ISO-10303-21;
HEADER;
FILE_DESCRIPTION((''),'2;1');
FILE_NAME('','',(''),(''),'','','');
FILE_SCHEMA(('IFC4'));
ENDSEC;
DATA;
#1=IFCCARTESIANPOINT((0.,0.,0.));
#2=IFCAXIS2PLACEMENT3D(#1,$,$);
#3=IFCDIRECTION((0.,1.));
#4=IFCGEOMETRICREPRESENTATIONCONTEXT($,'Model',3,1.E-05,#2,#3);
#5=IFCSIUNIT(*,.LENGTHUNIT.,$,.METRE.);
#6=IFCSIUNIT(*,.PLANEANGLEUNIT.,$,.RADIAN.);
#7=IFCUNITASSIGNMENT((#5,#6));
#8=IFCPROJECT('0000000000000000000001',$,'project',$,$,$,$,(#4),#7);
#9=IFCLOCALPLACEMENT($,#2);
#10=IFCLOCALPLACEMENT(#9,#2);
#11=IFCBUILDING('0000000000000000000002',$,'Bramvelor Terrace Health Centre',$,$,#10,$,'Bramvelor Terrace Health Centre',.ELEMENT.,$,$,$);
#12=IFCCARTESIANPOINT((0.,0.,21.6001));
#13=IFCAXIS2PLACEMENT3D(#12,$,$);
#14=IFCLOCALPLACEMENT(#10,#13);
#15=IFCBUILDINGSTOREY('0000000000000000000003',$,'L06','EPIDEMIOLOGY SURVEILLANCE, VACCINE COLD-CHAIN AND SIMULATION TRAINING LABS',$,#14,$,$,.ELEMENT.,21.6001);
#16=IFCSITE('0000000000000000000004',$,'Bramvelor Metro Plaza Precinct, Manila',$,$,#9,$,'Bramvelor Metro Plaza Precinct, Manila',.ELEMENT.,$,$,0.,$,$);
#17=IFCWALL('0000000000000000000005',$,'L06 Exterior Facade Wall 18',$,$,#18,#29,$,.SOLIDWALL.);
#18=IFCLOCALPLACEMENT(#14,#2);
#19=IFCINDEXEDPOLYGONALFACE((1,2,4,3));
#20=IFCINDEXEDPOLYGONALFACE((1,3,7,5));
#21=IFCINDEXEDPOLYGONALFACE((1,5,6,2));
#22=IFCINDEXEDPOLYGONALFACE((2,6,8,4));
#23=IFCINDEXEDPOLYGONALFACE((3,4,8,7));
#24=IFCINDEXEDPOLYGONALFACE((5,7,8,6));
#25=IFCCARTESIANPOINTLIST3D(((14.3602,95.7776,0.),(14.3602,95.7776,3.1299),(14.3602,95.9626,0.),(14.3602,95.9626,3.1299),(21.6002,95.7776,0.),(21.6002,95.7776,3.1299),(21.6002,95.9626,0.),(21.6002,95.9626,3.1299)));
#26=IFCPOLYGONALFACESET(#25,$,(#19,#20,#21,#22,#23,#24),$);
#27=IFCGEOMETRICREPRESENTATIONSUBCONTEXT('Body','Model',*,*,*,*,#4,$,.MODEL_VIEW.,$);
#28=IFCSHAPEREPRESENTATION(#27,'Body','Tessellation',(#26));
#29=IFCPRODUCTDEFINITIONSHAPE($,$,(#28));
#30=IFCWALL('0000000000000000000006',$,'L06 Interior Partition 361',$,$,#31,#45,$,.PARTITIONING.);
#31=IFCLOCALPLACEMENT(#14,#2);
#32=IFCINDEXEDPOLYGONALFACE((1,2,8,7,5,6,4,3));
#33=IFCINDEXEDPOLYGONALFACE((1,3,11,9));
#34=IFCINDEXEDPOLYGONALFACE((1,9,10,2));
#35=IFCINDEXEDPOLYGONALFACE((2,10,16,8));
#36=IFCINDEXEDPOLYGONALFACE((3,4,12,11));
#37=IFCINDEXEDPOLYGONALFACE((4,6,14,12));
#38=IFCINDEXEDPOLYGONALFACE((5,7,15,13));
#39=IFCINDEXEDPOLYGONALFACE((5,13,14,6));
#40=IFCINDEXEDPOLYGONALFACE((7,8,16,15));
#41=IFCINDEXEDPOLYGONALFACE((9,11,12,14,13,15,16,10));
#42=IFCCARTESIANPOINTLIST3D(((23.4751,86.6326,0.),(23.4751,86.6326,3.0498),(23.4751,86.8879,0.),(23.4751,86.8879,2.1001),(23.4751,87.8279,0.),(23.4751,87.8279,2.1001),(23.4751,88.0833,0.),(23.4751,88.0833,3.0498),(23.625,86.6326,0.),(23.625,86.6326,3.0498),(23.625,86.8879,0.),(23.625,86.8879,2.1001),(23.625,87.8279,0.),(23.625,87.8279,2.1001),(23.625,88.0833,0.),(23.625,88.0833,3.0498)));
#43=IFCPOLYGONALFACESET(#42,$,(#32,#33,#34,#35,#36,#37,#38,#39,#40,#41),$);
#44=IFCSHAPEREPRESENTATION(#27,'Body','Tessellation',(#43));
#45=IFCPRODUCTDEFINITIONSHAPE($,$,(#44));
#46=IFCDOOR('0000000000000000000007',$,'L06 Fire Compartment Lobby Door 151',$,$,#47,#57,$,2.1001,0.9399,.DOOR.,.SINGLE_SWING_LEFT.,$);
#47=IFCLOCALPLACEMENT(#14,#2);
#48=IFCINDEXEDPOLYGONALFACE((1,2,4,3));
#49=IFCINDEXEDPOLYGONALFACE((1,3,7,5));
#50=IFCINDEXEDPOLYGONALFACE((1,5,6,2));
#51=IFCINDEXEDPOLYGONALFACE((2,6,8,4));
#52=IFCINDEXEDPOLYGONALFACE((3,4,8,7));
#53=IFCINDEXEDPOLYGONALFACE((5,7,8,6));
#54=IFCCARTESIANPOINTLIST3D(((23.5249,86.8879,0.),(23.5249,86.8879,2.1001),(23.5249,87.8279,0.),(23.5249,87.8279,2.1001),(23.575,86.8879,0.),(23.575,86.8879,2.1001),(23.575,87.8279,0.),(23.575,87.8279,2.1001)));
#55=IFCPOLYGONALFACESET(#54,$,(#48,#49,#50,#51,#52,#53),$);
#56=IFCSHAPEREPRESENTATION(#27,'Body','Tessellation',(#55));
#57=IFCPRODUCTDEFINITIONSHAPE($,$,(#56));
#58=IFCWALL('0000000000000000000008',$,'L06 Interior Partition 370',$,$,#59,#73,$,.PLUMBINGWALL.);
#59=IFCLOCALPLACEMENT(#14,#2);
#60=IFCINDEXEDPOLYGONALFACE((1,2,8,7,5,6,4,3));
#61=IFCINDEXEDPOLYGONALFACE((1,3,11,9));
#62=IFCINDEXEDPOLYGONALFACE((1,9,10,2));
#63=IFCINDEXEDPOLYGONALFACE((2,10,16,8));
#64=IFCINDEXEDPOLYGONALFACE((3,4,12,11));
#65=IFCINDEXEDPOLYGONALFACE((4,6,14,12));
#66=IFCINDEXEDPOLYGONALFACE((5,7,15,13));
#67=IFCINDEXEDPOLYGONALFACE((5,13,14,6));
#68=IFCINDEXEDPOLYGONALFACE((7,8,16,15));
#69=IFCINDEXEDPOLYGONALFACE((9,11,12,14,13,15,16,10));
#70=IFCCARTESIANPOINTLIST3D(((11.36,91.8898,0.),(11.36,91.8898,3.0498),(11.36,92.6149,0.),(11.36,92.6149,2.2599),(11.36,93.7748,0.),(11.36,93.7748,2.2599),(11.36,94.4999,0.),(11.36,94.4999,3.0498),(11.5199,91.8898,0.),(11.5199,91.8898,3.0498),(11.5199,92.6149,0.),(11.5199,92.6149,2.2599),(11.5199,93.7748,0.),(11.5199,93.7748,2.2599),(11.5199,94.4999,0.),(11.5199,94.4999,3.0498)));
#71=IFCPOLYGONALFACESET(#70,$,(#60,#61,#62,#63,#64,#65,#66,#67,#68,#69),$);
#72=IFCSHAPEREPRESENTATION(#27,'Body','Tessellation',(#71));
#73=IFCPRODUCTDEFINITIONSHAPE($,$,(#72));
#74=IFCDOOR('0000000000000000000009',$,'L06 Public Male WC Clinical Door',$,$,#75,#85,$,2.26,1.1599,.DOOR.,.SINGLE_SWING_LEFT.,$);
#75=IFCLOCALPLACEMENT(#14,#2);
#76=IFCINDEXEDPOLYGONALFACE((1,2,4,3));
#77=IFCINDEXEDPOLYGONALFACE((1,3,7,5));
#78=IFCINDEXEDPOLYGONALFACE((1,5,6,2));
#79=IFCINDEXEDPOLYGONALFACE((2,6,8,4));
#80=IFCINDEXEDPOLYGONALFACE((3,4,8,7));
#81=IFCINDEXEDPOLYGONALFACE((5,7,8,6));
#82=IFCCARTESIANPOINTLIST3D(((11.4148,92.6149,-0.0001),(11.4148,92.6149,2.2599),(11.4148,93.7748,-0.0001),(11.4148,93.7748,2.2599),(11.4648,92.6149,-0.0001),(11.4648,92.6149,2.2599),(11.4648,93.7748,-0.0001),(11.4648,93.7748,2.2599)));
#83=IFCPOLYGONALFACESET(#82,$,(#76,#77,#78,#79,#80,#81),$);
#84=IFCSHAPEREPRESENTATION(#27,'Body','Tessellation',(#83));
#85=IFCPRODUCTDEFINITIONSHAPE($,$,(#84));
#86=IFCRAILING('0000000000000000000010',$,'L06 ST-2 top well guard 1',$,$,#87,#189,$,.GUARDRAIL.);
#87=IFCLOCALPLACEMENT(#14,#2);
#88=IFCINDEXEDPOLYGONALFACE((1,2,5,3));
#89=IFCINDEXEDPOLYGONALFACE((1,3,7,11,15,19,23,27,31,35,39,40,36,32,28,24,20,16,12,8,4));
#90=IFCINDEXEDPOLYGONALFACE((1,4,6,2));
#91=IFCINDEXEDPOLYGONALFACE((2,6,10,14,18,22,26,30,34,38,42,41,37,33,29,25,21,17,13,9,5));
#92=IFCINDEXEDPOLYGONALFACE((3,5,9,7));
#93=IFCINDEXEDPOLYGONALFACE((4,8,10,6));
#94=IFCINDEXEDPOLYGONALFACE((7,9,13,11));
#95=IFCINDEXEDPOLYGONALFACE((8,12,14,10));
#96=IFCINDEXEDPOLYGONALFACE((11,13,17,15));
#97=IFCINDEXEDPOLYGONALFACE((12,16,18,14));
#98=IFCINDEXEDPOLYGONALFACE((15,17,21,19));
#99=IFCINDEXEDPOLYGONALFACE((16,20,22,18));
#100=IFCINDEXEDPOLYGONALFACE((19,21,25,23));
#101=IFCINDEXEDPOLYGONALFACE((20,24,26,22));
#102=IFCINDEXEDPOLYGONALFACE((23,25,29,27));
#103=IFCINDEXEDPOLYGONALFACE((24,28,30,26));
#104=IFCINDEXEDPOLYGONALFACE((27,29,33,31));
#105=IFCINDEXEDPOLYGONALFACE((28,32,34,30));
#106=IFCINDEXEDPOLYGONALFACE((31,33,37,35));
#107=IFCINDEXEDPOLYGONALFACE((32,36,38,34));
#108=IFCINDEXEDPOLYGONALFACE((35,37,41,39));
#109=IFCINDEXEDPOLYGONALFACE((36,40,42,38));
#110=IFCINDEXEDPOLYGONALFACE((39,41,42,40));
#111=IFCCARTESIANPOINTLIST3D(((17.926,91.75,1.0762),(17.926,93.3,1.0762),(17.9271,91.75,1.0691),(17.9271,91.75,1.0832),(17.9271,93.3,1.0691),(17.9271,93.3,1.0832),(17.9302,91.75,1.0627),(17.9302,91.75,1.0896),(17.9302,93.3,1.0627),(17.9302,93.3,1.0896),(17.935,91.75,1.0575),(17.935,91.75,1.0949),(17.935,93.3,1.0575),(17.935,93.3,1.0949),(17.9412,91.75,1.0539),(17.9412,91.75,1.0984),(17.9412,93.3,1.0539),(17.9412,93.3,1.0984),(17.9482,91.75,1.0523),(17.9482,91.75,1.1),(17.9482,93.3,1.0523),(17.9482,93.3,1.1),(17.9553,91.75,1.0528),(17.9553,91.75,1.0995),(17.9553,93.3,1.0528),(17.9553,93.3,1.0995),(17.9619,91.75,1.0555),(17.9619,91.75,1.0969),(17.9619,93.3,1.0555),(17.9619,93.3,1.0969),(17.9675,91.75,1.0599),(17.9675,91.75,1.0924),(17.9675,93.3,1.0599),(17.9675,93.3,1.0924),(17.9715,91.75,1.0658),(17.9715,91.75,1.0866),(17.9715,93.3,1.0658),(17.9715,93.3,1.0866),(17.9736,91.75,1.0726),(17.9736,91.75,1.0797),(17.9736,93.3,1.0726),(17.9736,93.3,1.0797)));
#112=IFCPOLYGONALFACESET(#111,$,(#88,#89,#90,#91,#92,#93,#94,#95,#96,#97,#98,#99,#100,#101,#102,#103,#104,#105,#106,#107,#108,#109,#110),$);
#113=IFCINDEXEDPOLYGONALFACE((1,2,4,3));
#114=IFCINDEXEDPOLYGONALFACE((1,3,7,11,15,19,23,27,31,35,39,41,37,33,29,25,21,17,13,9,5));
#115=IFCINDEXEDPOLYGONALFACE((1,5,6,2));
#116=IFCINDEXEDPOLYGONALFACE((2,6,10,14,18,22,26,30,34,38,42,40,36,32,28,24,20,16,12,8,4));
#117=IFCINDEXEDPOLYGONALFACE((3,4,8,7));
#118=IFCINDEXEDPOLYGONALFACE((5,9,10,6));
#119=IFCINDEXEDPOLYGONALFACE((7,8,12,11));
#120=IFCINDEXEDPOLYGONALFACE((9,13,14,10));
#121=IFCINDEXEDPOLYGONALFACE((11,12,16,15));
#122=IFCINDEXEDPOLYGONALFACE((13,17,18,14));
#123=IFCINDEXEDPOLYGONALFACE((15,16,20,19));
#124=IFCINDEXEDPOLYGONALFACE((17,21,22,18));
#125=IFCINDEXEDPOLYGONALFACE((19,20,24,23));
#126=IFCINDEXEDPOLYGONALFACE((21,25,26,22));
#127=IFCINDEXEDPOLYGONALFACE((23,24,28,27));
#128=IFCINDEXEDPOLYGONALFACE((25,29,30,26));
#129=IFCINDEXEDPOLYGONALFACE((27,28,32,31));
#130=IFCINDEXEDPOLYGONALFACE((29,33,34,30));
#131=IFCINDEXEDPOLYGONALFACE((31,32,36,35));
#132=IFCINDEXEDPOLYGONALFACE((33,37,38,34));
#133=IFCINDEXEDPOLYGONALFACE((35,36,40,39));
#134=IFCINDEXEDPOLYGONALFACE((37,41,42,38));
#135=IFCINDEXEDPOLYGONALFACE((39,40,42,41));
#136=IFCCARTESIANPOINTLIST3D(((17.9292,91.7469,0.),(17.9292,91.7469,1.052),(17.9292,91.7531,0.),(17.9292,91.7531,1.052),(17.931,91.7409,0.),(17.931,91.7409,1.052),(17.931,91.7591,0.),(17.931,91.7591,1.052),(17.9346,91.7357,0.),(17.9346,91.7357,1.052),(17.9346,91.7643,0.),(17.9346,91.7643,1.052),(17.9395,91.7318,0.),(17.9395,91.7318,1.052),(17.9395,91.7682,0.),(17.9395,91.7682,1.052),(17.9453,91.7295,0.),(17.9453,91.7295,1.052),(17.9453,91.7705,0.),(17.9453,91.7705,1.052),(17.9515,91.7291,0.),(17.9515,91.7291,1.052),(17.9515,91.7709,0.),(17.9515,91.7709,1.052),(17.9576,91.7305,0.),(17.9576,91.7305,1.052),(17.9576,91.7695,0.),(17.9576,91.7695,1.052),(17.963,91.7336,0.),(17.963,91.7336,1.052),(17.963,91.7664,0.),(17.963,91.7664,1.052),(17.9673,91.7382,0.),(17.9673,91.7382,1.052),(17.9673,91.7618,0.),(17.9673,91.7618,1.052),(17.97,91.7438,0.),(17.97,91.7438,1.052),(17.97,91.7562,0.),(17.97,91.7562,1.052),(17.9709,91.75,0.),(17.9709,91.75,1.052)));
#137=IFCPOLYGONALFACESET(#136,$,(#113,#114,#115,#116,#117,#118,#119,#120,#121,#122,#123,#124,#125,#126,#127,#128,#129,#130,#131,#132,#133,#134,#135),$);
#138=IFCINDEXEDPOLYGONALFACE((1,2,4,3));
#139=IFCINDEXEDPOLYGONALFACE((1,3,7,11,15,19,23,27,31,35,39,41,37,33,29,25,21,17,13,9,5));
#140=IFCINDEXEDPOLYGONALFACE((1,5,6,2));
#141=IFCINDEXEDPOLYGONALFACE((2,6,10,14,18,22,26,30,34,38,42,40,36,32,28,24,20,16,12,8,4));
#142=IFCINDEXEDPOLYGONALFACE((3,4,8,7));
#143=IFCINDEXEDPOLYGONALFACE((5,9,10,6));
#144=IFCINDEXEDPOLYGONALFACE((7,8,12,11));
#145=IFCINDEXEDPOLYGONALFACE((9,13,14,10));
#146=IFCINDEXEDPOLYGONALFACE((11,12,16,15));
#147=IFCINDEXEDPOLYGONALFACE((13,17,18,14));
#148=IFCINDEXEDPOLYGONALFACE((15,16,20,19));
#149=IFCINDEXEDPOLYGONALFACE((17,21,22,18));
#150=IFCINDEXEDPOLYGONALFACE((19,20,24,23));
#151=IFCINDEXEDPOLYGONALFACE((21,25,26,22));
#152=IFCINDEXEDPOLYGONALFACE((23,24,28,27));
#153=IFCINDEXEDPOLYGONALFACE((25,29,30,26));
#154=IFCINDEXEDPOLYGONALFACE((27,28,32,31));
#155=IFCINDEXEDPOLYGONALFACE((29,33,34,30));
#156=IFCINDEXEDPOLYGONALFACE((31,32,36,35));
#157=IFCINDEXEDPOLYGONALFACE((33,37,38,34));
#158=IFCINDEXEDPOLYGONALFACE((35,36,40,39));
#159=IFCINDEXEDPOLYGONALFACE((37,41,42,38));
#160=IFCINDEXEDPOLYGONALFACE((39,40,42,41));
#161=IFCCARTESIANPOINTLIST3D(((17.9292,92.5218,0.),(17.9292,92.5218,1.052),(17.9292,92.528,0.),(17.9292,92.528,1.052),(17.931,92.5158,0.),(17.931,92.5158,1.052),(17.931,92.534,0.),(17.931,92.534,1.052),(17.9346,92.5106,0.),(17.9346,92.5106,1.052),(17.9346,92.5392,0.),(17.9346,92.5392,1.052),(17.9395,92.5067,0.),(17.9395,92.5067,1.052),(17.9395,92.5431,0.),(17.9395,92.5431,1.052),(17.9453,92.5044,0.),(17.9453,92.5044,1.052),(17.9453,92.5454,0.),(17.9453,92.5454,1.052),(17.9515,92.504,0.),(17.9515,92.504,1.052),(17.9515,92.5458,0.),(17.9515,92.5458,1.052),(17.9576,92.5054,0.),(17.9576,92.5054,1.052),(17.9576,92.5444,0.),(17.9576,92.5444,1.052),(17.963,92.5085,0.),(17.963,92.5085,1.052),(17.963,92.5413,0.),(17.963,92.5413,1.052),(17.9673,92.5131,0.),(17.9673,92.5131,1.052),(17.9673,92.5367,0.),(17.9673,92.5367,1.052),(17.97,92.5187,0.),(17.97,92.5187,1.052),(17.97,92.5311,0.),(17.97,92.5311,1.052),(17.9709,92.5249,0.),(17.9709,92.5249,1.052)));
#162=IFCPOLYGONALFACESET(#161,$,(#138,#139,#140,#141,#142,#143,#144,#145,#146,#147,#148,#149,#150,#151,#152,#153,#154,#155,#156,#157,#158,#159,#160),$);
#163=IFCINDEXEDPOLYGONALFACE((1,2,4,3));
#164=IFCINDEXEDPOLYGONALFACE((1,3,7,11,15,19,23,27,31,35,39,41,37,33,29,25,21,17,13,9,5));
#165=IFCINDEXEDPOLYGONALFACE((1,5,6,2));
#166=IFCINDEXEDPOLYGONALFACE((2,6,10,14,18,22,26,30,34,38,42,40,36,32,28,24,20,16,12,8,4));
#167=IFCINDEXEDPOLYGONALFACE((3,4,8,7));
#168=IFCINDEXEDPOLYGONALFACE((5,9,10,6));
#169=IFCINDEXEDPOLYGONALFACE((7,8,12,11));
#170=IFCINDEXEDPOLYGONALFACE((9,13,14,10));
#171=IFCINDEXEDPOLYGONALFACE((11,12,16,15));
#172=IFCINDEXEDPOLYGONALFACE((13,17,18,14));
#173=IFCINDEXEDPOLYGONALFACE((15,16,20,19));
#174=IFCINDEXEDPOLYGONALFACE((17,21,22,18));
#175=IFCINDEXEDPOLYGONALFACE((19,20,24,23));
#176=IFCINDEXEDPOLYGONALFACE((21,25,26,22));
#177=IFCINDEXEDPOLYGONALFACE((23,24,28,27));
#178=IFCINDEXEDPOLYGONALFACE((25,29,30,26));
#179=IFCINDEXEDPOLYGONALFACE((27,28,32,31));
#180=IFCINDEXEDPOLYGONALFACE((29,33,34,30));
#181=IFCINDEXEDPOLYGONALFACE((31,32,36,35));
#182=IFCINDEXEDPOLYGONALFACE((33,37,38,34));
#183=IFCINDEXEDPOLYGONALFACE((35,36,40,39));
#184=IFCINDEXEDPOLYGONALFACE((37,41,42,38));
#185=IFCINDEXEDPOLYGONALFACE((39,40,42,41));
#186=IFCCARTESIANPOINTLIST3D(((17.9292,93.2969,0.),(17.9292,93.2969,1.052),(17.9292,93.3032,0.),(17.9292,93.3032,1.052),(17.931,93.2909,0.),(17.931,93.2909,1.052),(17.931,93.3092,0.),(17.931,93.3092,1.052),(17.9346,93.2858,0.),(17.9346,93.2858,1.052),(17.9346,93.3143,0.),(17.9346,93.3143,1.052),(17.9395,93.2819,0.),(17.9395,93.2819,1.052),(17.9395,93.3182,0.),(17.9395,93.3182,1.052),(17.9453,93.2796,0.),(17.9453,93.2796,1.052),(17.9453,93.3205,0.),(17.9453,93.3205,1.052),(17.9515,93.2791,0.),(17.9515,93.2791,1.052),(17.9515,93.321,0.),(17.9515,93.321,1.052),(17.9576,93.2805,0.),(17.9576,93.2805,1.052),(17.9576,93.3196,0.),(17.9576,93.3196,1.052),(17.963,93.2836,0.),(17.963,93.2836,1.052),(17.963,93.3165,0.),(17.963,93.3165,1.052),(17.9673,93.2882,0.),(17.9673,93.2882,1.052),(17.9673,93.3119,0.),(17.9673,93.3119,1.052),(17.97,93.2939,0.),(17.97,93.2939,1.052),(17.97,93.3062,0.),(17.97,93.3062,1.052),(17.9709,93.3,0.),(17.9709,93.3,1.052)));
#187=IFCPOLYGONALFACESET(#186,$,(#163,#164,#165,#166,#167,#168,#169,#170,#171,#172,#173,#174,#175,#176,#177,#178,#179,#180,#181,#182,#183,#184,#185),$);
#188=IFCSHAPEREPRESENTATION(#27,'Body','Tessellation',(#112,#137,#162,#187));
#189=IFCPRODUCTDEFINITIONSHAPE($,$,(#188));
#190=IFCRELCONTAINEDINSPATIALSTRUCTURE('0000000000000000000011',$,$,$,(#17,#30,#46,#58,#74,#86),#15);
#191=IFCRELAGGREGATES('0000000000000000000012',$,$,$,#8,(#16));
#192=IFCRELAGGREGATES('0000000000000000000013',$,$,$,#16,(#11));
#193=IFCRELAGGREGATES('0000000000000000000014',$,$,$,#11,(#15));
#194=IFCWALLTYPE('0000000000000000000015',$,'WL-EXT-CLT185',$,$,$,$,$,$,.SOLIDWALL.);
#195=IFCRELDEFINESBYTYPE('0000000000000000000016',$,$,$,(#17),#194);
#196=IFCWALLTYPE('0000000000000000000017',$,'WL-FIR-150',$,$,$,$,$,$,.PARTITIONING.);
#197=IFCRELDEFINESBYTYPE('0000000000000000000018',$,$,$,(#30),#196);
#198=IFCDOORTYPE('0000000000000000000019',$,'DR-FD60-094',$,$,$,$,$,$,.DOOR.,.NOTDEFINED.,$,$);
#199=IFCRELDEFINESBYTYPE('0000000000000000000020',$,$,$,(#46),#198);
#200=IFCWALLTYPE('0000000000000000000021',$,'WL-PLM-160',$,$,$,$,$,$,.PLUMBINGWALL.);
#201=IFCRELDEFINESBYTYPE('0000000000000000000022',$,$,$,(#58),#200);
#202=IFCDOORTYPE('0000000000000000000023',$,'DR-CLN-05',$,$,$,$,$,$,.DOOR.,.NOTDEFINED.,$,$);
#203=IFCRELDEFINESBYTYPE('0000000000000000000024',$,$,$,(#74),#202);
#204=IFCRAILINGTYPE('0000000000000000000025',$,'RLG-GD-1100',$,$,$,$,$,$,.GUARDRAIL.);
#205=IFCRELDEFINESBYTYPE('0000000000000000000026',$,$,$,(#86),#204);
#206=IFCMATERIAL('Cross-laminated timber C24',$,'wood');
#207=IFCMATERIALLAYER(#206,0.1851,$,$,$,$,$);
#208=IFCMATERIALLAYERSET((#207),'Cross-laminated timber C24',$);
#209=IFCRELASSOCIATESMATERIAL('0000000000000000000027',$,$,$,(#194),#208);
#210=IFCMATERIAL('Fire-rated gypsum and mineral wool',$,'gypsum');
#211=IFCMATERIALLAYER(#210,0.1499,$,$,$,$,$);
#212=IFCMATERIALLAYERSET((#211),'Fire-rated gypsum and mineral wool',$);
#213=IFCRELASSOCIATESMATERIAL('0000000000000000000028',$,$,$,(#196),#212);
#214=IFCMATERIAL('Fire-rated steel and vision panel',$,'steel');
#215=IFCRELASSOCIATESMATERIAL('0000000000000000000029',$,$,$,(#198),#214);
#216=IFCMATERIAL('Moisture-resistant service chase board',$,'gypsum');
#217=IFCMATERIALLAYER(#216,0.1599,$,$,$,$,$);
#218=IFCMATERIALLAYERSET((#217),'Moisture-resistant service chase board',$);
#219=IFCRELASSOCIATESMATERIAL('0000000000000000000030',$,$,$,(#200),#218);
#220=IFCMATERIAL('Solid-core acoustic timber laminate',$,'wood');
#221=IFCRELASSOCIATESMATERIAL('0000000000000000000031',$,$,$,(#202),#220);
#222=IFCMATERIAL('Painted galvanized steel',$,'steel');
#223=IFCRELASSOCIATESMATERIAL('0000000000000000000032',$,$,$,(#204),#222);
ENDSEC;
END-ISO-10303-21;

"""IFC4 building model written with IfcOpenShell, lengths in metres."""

from ifc_helpers import new_model, si_unit, direction, frame, frame_2d, origin, origin_2d, place, context, subcontext, project, spatial, rectangle, circle, extrude, material, layer, layer_set, type_object, element, fill, save


model = new_model("IFC4")

# Units and contexts
model_context = context("Model", 3, precision=1e-05, world=origin(), true_north=direction((0.0, 1.0)))
body_context = subcontext(model_context, "Body", "Model", "MODEL_VIEW")
ifc_project = project(units=[si_unit("LENGTHUNIT", "METRE"), si_unit("PLANEANGLEUNIT", "RADIAN")], contexts=[model_context])

# Site, building, storey
site_placement = place(None, origin())
site = spatial("IfcSite", under=ifc_project, at=site_placement, Name="Bramvelor Metro Plaza Precinct, Manila", LongName="Bramvelor Metro Plaza Precinct, Manila", CompositionType="ELEMENT", RefElevation=0.0)
building_placement = place(site_placement, origin())
building = spatial("IfcBuilding", under=site, at=building_placement, Name="Bramvelor Terrace Health Centre", LongName="Bramvelor Terrace Health Centre", CompositionType="ELEMENT")
storey_placement = place(building_placement, frame((0.0, 0.0, 21.6001)))
storey = spatial("IfcBuildingStorey", under=building, at=storey_placement, Name="L06", Description="EPIDEMIOLOGY SURVEILLANCE, VACCINE COLD-CHAIN AND SIMULATION TRAINING LABS", CompositionType="ELEMENT", Elevation=21.6001)

# Shared definitions
ifc_material_1 = material(Name="Cross-laminated timber C24", Category="wood")
ifc_layer_1 = layer(ifc_material_1, 0.1851)
ifc_layer_set_1 = layer_set([ifc_layer_1], Name="Cross-laminated timber C24")
wall_type_1 = type_object("IfcWallType", Name="WL-EXT-CLT185", PredefinedType="SOLIDWALL", material=ifc_layer_set_1)

# Wall
wall_1_placement = place(storey_placement, frame((14.3601, 95.8701, 0.0), z_axis=(0.0, 0.0, 1.0), x_axis=(1.0, 0.0, 0.0)))
element("IfcWall", 1, at=wall_1_placement, inside=storey, type_object=wall_type_1, Name="L06 Exterior Facade Wall 18", PredefinedType="SOLIDWALL", context=body_context, shape_type="SweptSolid", body=[
    extrude(rectangle(XDim=7.24, YDim=0.1851, at=frame_2d((3.6201, 0.0))), origin(), (0.0, 0.0, 1.0), 3.1299),
])

# Walls, openings, doors
ifc_material_2 = material(Name="Fire-rated gypsum and mineral wool", Category="gypsum")
ifc_layer_2 = layer(ifc_material_2, 0.1499)
ifc_layer_set_2 = layer_set([ifc_layer_2], Name="Fire-rated gypsum and mineral wool")
wall_type_2 = type_object("IfcWallType", Name="WL-FIR-150", PredefinedType="PARTITIONING", material=ifc_layer_set_2)
wall_2_placement = place(storey_placement, frame((23.55, 88.0833, 0.0), z_axis=(0.0, 0.0, 1.0), x_axis=(0.0, -1.0, 0.0)))
wall_2 = element("IfcWall", 2, at=wall_2_placement, inside=storey, type_object=wall_type_2, Name="L06 Interior Partition 361", PredefinedType="PARTITIONING", context=body_context, shape_type="SweptSolid", body=[
    extrude(rectangle(XDim=1.4507, YDim=0.1499, at=frame_2d((0.7253, 0.0))), origin(), (0.0, 0.0, 1.0), 3.0498),
])
opening_1_placement = place(wall_2_placement, frame((0.2554, 0.0, 0.0)))
opening_1 = element("IfcOpeningElement", 3, at=opening_1_placement, cuts=wall_2, PredefinedType="OPENING", context=body_context, shape_type="SweptSolid", body=[
    extrude(rectangle(XDim=0.9399, YDim=2.1001, at=frame_2d((0.47, 1.05))), frame((0.0, 0.085, 0.0), z_axis=(0.0, -1.0, 0.0), x_axis=(1.0, 0.0, 0.0)), (0.0, 0.0, 1.0), 0.1699),
])
ifc_material_3 = material(Name="Fire-rated steel and vision panel", Category="steel")
door_type_1 = type_object("IfcDoorType", Name="DR-FD60-094", OperationType="NOTDEFINED", PredefinedType="DOOR", material=ifc_material_3)
door_1_placement = place(opening_1_placement, origin())
door_1 = element("IfcDoor", 4, at=door_1_placement, inside=storey, type_object=door_type_1, Name="L06 Fire Compartment Lobby Door 151", OperationType="SINGLE_SWING_LEFT", OverallHeight=2.1001, OverallWidth=0.9399, PredefinedType="DOOR", context=body_context, shape_type="SweptSolid", body=[
    extrude(rectangle(XDim=0.9399, YDim=2.1001, at=frame_2d((0.47, 1.05))), frame((0.0, 0.0249, 0.0), z_axis=(0.0, -1.0, 0.0), x_axis=(1.0, 0.0, 0.0)), (0.0, 0.0, 1.0), 0.05),
])
fill(opening_1, door_1)
ifc_material_4 = material(Name="Moisture-resistant service chase board", Category="gypsum")
ifc_layer_3 = layer(ifc_material_4, 0.1599)
ifc_layer_set_3 = layer_set([ifc_layer_3], Name="Moisture-resistant service chase board")
wall_type_3 = type_object("IfcWallType", Name="WL-PLM-160", PredefinedType="PLUMBINGWALL", material=ifc_layer_set_3)
wall_3_placement = place(storey_placement, frame((11.4399, 94.5, 0.0), z_axis=(0.0, 0.0, 1.0), x_axis=(0.0, -1.0, 0.0)))
wall_3 = element("IfcWall", 5, at=wall_3_placement, inside=storey, type_object=wall_type_3, Name="L06 Interior Partition 370", PredefinedType="PLUMBINGWALL", context=body_context, shape_type="SweptSolid", body=[
    extrude(rectangle(XDim=2.6101, YDim=0.1599, at=frame_2d((1.3052, 0.0))), origin(), (0.0, 0.0, 1.0), 3.0498),
])
opening_2_placement = place(wall_3_placement, frame((0.7251, 0.0, 0.0)))
opening_2 = element("IfcOpeningElement", 6, at=opening_2_placement, cuts=wall_3, PredefinedType="OPENING", context=body_context, shape_type="SweptSolid", body=[
    extrude(rectangle(XDim=1.1599, YDim=2.26, at=frame_2d((0.5801, 1.1299))), frame((0.0, 0.0898, 0.0), z_axis=(0.0, -1.0, 0.0), x_axis=(1.0, 0.0, 0.0)), (0.0, 0.0, 1.0), 0.1799),
])
ifc_material_5 = material(Name="Solid-core acoustic timber laminate", Category="wood")
door_type_2 = type_object("IfcDoorType", Name="DR-CLN-05", OperationType="NOTDEFINED", PredefinedType="DOOR", material=ifc_material_5)
door_2_placement = place(opening_2_placement, origin())
door_2 = element("IfcDoor", 7, at=door_2_placement, inside=storey, type_object=door_type_2, Name="L06 Public Male WC Clinical Door", OperationType="SINGLE_SWING_LEFT", OverallHeight=2.26, OverallWidth=1.1599, PredefinedType="DOOR", context=body_context, shape_type="SweptSolid", body=[
    extrude(rectangle(XDim=1.1599, YDim=2.26, at=frame_2d((0.5801, 1.1299))), frame((0.0, 0.0249, 0.0), z_axis=(0.0, -1.0, 0.0), x_axis=(1.0, 0.0, 0.0)), (0.0, 0.0, 1.0), 0.05),
])
fill(opening_2, door_2)

# Railing
ifc_material_6 = material(Name="Painted galvanized steel", Category="steel")
railing_type = type_object("IfcRailingType", Name="RLG-GD-1100", PredefinedType="GUARDRAIL", material=ifc_material_6)
railing_placement = place(storey_placement, frame((17.95, 91.75, 0.0)))
element("IfcRailing", 8, at=railing_placement, inside=storey, type_object=railing_type, Name="L06 ST-2 top well guard 1", PredefinedType="GUARDRAIL", context=body_context, shape_type="SweptSolid", body=[
    extrude(circle(Radius=0.0239, at=origin_2d()), frame((0.0, 0.0, 1.0762), z_axis=(0.0, 1.0, 0.0), x_axis=(-1.0, 0.0, 0.0)), (0.0, 0.0, 1.0), 1.55),
    extrude(circle(Radius=0.021, at=origin_2d()), origin(), (0.0, 0.0, 1.0), 1.052),
    extrude(circle(Radius=0.021, at=origin_2d()), frame((0.0, 0.7749, 0.0)), (0.0, 0.0, 1.0), 1.052),
    extrude(circle(Radius=0.021, at=origin_2d()), frame((0.0, 1.55, 0.0)), (0.0, 0.0, 1.0), 1.052),
])

save(model, "model.ifc")
